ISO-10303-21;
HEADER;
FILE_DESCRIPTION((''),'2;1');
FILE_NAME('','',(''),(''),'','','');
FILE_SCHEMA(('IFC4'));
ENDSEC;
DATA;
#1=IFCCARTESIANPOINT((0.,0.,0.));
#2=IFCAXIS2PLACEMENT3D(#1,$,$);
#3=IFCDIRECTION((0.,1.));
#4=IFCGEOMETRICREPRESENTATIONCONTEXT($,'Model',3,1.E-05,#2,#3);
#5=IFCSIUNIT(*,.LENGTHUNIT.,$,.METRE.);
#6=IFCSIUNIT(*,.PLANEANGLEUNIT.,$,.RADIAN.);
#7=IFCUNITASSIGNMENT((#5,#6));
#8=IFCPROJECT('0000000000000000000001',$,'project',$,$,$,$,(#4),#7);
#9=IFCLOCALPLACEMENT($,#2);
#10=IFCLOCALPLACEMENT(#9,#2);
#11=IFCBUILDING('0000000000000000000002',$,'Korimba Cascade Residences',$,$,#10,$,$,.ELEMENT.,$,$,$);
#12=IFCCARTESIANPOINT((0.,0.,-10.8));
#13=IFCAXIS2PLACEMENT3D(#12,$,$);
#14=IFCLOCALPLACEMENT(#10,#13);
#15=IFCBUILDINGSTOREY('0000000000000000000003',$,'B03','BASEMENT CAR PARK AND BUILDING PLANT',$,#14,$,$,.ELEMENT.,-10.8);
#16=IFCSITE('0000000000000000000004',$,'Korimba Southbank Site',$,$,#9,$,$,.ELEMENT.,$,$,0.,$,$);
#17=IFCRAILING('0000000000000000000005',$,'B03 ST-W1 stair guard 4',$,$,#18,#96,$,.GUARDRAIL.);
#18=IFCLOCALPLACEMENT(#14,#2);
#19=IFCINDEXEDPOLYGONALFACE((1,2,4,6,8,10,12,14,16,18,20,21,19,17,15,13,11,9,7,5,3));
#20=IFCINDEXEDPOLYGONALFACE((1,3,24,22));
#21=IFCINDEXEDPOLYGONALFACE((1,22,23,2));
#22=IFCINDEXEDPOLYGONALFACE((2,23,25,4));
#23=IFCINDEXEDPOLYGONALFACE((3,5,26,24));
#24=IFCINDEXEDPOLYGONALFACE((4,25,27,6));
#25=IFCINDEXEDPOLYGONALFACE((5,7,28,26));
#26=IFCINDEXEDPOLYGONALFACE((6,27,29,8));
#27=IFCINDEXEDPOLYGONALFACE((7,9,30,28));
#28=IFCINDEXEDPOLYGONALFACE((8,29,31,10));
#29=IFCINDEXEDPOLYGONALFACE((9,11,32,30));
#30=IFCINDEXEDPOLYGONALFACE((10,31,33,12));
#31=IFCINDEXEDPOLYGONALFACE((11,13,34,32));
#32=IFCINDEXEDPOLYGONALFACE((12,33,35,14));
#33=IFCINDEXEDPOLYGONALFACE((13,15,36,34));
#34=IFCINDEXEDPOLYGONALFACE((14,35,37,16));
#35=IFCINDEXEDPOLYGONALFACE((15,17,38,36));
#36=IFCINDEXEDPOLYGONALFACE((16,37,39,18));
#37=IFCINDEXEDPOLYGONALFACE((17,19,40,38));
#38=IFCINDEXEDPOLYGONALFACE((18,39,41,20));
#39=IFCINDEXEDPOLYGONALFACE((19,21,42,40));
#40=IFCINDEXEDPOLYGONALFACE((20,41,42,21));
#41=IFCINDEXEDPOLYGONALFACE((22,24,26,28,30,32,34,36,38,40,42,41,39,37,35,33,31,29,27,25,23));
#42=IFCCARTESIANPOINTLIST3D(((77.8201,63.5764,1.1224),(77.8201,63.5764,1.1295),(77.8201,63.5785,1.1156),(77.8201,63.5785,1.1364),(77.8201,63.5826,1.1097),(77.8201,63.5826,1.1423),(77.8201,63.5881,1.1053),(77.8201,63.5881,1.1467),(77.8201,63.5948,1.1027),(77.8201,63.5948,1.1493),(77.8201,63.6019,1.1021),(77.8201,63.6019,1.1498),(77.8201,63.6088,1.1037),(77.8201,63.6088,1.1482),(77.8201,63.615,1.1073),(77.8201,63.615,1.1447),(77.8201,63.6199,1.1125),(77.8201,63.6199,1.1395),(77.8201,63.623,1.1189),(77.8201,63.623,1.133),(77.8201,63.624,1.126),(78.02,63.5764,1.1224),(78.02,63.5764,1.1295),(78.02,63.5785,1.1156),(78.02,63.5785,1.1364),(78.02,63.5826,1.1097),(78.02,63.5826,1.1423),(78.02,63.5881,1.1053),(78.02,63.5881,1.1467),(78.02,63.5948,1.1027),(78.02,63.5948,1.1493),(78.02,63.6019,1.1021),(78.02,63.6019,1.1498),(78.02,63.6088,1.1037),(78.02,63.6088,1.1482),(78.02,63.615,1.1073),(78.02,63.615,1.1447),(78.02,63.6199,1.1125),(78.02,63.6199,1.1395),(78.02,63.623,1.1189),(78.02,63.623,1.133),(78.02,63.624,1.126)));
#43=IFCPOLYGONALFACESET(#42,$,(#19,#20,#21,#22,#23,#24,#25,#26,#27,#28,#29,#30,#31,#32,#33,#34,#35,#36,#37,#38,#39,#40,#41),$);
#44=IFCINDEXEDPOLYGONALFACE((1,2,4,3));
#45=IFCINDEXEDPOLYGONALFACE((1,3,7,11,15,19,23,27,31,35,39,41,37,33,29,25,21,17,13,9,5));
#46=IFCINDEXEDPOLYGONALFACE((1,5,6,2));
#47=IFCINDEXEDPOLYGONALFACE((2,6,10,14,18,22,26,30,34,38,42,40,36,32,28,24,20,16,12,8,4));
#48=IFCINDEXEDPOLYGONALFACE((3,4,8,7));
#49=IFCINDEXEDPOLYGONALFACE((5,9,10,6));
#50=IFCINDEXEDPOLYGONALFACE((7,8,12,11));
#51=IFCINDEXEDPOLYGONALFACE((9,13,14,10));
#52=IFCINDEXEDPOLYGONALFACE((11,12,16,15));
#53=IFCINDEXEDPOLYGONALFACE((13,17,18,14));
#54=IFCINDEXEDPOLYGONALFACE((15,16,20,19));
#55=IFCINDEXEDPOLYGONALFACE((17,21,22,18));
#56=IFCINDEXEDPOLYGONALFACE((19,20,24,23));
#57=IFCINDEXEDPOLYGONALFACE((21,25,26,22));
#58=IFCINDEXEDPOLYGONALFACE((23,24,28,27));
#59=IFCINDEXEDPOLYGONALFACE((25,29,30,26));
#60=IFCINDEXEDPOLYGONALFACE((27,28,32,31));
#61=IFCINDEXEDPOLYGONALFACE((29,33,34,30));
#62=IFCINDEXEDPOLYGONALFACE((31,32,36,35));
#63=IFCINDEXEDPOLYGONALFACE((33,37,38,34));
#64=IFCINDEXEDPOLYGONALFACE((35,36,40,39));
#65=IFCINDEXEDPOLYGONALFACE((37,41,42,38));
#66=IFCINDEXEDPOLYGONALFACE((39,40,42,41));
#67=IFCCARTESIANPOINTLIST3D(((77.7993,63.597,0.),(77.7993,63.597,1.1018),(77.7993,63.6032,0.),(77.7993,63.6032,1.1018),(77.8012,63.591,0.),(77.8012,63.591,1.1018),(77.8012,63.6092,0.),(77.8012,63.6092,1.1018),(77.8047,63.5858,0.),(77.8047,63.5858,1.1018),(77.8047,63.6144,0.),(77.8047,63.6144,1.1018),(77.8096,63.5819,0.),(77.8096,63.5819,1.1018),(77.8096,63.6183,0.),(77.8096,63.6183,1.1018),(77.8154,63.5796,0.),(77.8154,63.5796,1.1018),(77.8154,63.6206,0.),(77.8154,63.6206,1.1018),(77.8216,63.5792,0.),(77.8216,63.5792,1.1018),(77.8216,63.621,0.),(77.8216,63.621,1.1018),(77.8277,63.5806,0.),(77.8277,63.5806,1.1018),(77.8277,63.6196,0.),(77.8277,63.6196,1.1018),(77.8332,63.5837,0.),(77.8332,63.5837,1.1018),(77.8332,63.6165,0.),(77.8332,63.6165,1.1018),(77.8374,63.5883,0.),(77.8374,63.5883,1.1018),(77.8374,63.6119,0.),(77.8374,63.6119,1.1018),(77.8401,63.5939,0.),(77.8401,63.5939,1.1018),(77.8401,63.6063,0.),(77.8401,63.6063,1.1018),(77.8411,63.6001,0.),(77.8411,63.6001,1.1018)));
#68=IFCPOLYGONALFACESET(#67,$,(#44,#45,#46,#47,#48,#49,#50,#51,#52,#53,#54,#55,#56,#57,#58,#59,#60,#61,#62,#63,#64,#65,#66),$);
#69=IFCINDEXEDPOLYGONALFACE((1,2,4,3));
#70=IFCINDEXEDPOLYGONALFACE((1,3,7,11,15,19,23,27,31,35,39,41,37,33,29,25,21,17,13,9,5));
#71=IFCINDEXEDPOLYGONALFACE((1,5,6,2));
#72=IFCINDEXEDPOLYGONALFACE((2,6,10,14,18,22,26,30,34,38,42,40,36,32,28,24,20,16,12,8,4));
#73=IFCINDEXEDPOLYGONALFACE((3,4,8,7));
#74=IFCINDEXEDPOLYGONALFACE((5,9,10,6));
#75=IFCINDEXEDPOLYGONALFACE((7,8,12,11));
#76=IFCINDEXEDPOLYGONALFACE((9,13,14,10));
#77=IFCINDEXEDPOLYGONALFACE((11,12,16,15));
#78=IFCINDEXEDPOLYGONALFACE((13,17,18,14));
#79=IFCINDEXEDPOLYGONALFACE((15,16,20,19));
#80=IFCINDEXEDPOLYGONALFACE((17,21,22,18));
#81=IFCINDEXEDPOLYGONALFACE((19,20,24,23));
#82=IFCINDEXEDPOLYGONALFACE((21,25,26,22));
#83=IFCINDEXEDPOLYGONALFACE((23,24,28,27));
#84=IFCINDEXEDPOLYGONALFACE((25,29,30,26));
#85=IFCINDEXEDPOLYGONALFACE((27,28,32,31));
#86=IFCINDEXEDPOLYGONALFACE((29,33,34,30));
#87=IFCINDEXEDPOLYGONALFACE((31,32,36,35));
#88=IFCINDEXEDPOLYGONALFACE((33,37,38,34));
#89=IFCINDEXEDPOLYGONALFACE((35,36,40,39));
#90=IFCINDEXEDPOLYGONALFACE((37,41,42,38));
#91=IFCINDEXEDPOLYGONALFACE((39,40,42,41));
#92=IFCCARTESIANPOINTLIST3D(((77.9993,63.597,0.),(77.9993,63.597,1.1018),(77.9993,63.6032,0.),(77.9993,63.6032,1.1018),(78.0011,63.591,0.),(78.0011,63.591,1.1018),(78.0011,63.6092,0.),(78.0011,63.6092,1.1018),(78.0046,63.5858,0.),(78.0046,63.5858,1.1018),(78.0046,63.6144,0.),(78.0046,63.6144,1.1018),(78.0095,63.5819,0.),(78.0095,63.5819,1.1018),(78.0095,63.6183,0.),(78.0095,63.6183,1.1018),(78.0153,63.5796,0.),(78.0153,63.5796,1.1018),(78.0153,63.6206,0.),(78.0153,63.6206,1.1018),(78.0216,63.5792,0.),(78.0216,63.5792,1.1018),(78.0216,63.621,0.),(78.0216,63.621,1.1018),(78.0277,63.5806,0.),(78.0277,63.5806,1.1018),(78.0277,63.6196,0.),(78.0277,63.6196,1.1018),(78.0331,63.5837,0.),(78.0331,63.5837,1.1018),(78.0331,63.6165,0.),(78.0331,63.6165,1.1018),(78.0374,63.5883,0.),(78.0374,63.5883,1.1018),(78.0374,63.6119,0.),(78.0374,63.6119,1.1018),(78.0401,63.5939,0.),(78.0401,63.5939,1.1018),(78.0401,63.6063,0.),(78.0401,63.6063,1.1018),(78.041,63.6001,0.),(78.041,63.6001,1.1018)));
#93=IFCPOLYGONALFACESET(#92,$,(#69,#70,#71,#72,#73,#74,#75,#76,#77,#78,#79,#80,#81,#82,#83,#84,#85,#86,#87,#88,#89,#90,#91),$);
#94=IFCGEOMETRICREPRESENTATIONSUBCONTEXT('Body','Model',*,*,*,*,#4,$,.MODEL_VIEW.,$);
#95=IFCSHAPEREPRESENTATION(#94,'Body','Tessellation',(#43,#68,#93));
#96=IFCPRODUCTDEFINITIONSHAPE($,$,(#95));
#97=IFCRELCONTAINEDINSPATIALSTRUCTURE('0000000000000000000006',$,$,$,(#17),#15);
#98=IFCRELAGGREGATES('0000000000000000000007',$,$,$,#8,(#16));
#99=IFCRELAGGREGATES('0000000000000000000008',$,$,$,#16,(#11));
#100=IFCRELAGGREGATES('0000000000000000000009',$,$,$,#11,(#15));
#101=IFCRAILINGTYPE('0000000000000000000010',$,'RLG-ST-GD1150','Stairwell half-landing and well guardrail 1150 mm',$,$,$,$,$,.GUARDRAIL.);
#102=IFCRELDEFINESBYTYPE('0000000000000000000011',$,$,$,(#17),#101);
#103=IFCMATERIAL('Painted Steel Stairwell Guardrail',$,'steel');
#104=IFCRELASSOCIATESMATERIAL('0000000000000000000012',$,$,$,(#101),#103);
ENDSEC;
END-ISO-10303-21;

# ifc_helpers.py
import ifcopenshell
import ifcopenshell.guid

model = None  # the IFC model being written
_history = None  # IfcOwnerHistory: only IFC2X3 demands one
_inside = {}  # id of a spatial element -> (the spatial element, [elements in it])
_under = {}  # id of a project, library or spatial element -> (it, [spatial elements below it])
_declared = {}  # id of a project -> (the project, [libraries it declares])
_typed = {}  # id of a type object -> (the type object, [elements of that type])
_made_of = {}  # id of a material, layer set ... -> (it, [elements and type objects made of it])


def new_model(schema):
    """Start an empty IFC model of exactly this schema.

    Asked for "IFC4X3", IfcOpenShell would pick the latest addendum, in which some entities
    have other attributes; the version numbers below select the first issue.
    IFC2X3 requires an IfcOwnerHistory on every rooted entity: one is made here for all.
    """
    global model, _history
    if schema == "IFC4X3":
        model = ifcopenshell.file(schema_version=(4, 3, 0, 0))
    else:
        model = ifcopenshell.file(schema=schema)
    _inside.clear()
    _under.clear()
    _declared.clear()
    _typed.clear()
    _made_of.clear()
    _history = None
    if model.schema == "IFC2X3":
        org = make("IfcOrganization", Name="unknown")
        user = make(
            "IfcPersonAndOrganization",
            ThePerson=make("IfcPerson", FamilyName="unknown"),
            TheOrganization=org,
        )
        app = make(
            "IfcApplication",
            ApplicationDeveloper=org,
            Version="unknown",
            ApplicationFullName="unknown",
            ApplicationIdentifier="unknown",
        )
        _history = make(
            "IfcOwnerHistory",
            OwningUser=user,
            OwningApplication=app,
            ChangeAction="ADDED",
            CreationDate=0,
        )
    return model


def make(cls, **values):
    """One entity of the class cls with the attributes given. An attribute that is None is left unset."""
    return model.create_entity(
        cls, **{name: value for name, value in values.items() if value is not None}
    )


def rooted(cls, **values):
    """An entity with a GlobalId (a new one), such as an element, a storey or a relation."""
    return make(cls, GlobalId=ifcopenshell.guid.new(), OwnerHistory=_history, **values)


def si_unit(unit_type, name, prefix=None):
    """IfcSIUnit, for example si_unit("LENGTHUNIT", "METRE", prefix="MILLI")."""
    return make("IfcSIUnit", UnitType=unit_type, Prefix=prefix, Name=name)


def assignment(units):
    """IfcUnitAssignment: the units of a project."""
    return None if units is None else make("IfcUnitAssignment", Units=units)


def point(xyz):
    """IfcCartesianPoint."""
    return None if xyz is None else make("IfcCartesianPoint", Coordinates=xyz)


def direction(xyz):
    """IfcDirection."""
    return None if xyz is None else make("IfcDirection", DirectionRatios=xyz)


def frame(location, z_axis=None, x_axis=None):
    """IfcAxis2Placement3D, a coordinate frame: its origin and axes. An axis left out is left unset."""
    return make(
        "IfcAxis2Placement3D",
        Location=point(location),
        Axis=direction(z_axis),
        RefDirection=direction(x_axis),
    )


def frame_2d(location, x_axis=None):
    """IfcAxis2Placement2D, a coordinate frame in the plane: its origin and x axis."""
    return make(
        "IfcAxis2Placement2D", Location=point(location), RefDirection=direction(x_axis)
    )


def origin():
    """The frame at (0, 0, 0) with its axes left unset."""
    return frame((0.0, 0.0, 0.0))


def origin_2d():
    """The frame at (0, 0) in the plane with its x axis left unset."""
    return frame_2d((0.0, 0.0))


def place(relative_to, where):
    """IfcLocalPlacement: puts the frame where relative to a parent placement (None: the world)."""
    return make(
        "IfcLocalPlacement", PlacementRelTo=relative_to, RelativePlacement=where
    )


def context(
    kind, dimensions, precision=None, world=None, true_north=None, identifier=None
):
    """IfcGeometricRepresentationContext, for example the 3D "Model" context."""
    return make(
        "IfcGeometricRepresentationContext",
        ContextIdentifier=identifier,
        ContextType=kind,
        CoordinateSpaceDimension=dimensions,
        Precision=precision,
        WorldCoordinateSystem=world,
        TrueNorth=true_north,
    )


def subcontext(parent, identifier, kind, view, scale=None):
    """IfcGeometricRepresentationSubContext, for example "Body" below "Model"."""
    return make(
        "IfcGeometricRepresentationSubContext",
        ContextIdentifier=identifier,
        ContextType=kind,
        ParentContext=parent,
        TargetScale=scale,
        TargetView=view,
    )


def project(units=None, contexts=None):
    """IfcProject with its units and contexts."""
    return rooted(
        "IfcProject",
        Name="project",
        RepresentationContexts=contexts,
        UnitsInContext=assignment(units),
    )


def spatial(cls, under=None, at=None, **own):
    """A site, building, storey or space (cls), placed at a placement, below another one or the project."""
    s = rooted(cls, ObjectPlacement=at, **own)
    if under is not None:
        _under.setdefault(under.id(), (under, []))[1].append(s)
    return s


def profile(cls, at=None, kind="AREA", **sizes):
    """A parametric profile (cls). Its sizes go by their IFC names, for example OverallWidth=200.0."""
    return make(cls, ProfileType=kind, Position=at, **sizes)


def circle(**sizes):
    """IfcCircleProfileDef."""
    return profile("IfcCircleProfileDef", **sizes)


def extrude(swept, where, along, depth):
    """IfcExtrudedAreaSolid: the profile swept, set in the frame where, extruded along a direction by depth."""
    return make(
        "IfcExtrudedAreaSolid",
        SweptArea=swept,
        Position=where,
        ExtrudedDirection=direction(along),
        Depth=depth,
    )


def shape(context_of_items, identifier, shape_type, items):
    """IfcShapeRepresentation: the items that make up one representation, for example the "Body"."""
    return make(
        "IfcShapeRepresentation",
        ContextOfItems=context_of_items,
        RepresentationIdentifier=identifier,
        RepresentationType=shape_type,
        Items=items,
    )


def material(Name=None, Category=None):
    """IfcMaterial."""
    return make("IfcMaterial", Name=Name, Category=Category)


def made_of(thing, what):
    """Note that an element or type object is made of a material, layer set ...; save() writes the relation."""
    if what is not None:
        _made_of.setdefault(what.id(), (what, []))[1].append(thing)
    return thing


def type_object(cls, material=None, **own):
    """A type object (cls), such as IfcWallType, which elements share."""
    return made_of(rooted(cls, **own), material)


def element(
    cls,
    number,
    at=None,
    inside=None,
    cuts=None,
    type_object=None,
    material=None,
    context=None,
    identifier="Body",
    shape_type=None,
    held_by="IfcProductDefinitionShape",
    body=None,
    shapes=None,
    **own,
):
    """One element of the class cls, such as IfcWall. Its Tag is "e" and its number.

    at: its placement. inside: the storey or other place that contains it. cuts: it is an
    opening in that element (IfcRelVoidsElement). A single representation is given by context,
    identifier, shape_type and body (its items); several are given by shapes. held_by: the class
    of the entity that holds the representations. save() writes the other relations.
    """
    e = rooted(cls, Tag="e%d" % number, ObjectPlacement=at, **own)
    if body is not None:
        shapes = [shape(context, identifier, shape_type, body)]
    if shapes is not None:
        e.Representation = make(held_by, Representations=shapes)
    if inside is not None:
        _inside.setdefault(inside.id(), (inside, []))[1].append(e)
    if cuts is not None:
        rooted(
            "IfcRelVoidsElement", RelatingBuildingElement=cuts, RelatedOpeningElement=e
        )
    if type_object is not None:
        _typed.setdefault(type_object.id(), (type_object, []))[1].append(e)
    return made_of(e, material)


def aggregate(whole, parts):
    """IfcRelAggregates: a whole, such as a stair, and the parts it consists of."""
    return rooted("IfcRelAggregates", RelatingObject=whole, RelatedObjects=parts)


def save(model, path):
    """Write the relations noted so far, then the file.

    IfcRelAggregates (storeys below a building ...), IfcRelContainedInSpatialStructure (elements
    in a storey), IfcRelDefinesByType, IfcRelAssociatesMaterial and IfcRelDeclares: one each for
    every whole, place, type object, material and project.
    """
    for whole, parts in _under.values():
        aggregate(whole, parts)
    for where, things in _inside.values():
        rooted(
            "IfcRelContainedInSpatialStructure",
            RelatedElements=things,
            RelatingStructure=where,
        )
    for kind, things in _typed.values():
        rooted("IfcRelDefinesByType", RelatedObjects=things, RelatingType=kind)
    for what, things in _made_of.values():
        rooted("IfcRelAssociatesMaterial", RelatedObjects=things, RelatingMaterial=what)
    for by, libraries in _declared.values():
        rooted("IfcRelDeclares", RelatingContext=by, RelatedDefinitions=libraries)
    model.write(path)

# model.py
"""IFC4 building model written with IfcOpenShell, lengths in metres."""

from ifc_helpers import new_model, si_unit, direction, frame, origin, origin_2d, place, context, subcontext, project, spatial, circle, extrude, material, type_object, element, save


model = new_model("IFC4")

# Units and contexts
model_context = context("Model", 3, precision=1e-05, world=origin(), true_north=direction((0.0, 1.0)))
body_context = subcontext(model_context, "Body", "Model", "MODEL_VIEW")
ifc_project = project(units=[si_unit("LENGTHUNIT", "METRE"), si_unit("PLANEANGLEUNIT", "RADIAN")], contexts=[model_context])

# Site, building, storey
site_placement = place(None, origin())
site = spatial("IfcSite", under=ifc_project, at=site_placement, Name="Korimba Southbank Site", CompositionType="ELEMENT", RefElevation=0.0)
building_placement = place(site_placement, origin())
building = spatial("IfcBuilding", under=site, at=building_placement, Name="Korimba Cascade Residences", CompositionType="ELEMENT")
storey_placement = place(building_placement, frame((0.0, 0.0, -10.8)))
storey = spatial("IfcBuildingStorey", under=building, at=storey_placement, Name="B03", Description="BASEMENT CAR PARK AND BUILDING PLANT", CompositionType="ELEMENT", Elevation=-10.8)

# Railing
ifc_material_1 = material(Name="Painted Steel Stairwell Guardrail", Category="steel")
railing_type = type_object("IfcRailingType", Name="RLG-ST-GD1150", Description="Stairwell half-landing and well guardrail 1150 mm", PredefinedType="GUARDRAIL", material=ifc_material_1)
railing_placement = place(storey_placement, frame((77.8201, 63.6001, 0.0)))
element("IfcRailing", 1, at=railing_placement, inside=storey, type_object=railing_type, Name="B03 ST-W1 stair guard 4", PredefinedType="GUARDRAIL", context=body_context, shape_type="SweptSolid", body=[
    extrude(circle(Radius=0.0239, at=origin_2d()), frame((0.0, 0.0, 1.126), z_axis=(1.0, 0.0, 0.0), x_axis=(0.0, 1.0, 0.0)), (0.0, 0.0, 1.0), 0.2),
    extrude(circle(Radius=0.021, at=origin_2d()), origin(), (0.0, 0.0, 1.0), 1.1018),
    extrude(circle(Radius=0.021, at=origin_2d()), frame((0.2, 0.0, 0.0)), (0.0, 0.0, 1.0), 1.1018),
])

save(model, "model.ifc")
